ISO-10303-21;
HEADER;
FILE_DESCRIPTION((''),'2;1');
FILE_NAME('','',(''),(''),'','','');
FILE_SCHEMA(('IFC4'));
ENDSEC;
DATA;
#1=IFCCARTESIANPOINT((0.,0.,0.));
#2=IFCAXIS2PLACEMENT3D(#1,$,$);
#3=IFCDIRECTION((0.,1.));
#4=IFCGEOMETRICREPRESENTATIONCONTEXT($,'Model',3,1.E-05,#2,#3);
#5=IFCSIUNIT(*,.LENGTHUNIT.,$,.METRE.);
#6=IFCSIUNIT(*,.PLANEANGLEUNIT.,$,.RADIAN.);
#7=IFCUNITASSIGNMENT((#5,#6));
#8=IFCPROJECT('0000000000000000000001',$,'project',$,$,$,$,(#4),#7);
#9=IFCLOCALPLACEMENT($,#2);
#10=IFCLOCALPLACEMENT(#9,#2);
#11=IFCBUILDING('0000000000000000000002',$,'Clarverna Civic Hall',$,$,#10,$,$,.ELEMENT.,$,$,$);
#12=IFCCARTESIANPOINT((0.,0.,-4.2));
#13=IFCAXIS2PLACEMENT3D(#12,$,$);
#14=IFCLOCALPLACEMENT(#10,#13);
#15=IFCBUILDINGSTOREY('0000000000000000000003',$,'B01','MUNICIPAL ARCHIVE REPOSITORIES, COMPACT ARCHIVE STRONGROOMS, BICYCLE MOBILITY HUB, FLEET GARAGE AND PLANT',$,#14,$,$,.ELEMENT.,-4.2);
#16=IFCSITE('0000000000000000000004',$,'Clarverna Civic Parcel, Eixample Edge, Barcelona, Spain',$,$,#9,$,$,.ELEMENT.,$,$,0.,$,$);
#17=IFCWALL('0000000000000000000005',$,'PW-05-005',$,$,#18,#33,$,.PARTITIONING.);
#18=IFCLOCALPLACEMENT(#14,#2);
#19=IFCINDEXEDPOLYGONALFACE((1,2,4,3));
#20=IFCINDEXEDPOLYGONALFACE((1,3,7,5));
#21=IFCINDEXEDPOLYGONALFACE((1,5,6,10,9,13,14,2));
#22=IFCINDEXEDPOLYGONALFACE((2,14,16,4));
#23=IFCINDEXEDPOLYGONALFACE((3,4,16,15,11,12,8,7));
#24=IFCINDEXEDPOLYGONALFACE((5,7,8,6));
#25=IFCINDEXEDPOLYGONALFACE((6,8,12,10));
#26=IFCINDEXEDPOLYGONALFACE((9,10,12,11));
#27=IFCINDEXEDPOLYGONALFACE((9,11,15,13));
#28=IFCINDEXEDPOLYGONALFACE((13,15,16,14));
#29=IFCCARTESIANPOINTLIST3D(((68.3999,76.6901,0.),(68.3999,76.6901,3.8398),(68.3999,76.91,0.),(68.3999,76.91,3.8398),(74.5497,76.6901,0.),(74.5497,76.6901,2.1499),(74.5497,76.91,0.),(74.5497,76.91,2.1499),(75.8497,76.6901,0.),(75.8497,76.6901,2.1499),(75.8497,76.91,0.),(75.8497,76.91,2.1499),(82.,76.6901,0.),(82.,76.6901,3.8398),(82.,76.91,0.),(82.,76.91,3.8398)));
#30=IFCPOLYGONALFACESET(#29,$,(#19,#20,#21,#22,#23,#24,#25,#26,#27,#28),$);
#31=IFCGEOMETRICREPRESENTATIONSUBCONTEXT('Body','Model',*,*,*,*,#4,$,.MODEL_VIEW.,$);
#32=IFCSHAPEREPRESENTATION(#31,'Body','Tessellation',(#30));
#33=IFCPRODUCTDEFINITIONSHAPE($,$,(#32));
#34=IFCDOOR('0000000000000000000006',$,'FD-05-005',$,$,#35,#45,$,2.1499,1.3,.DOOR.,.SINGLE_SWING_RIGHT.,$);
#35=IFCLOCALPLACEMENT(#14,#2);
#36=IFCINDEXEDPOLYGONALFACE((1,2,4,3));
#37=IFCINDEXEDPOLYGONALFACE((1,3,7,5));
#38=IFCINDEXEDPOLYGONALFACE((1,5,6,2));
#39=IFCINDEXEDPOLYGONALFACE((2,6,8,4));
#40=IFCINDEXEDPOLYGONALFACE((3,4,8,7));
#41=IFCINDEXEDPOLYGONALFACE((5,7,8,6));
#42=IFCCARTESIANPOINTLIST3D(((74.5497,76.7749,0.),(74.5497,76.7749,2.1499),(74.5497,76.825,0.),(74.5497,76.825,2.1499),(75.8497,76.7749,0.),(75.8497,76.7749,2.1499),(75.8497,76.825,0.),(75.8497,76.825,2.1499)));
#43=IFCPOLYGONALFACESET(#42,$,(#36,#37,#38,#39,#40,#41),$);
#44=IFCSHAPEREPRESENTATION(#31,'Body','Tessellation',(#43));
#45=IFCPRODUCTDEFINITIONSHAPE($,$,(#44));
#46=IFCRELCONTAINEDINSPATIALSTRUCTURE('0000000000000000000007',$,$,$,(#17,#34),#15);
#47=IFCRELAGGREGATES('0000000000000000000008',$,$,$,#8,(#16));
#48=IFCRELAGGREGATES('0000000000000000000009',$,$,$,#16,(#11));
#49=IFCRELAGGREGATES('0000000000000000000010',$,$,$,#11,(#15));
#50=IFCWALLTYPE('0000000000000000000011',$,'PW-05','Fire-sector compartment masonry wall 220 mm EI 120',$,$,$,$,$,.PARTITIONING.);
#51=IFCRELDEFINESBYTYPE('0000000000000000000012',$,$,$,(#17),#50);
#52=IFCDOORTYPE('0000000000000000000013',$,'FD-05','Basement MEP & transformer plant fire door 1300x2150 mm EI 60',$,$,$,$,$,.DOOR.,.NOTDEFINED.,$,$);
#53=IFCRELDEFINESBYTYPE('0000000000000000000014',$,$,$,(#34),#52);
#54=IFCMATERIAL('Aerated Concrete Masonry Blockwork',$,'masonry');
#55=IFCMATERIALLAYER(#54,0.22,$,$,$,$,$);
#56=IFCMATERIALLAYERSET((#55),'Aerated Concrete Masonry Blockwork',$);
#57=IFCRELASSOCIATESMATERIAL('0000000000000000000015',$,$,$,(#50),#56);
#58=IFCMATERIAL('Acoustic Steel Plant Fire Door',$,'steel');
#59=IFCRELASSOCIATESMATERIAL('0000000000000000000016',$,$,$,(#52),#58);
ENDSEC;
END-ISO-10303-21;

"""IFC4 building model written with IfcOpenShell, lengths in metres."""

from ifc_helpers import new_model, si_unit, direction, frame, frame_2d, origin, place, context, subcontext, project, spatial, rectangle, extrude, material, layer, layer_set, type_object, element, fill, save


model = new_model("IFC4")

# Units and contexts
model_context = context("Model", 3, precision=1e-05, world=origin(), true_north=direction((0.0, 1.0)))
body_context = subcontext(model_context, "Body", "Model", "MODEL_VIEW")
ifc_project = project(units=[si_unit("LENGTHUNIT", "METRE"), si_unit("PLANEANGLEUNIT", "RADIAN")], contexts=[model_context])

# Site, building, storey
site_placement = place(None, origin())
site = spatial("IfcSite", under=ifc_project, at=site_placement, Name="Clarverna Civic Parcel, Eixample Edge, Barcelona, Spain", CompositionType="ELEMENT", RefElevation=0.0)
building_placement = place(site_placement, origin())
building = spatial("IfcBuilding", under=site, at=building_placement, Name="Clarverna Civic Hall", CompositionType="ELEMENT")
storey_placement = place(building_placement, frame((0.0, 0.0, -4.2)))
storey = spatial("IfcBuildingStorey", under=building, at=storey_placement, Name="B01", Description="MUNICIPAL ARCHIVE REPOSITORIES, COMPACT ARCHIVE STRONGROOMS, BICYCLE MOBILITY HUB, FLEET GARAGE AND PLANT", CompositionType="ELEMENT", Elevation=-4.2)

# Wall, opening, door
ifc_material_1 = material(Name="Aerated Concrete Masonry Blockwork", Category="masonry")
ifc_layer = layer(ifc_material_1, 0.22)
ifc_layer_set = layer_set([ifc_layer], Name="Aerated Concrete Masonry Blockwork")
wall_type = type_object("IfcWallType", Name="PW-05", Description="Fire-sector compartment masonry wall 220 mm EI 120", PredefinedType="PARTITIONING", material=ifc_layer_set)
wall_placement = place(storey_placement, frame((68.3999, 76.8, 0.0), z_axis=(0.0, 0.0, 1.0), x_axis=(1.0, 0.0, 0.0)))
wall = element("IfcWall", 1, at=wall_placement, inside=storey, type_object=wall_type, Name="PW-05-005", PredefinedType="PARTITIONING", context=body_context, shape_type="SweptSolid", body=[
    extrude(rectangle(XDim=13.6001, YDim=0.22, at=frame_2d((6.8, 0.0))), origin(), (0.0, 0.0, 1.0), 3.8398),
])
opening_placement = place(wall_placement, frame((6.1499, 0.0, 0.0)))
opening = element("IfcOpeningElement", 2, at=opening_placement, cuts=wall, PredefinedType="OPENING", context=body_context, shape_type="SweptSolid", body=[
    extrude(rectangle(XDim=1.3, YDim=2.1499, at=frame_2d((0.6499, 1.075))), frame((0.0, 0.1199, 0.0), z_axis=(0.0, -1.0, 0.0), x_axis=(1.0, 0.0, 0.0)), (0.0, 0.0, 1.0), 0.24),
])
ifc_material_2 = material(Name="Acoustic Steel Plant Fire Door", Category="steel")
door_type = type_object("IfcDoorType", Name="FD-05", Description="Basement MEP & transformer plant fire door 1300x2150 mm EI 60", OperationType="NOTDEFINED", PredefinedType="DOOR", material=ifc_material_2)
door_placement = place(opening_placement, origin())
door = element("IfcDoor", 3, at=door_placement, inside=storey, type_object=door_type, Name="FD-05-005", OperationType="SINGLE_SWING_RIGHT", OverallHeight=2.1499, OverallWidth=1.3, PredefinedType="DOOR", context=body_context, shape_type="SweptSolid", body=[
    extrude(rectangle(XDim=1.3, YDim=2.1499, at=frame_2d((0.6499, 1.075))), frame((0.0, 0.0249, 0.0), z_axis=(0.0, -1.0, 0.0), x_axis=(1.0, 0.0, 0.0)), (0.0, 0.0, 1.0), 0.05),
])
fill(opening, door)

save(model, "model.ifc")
